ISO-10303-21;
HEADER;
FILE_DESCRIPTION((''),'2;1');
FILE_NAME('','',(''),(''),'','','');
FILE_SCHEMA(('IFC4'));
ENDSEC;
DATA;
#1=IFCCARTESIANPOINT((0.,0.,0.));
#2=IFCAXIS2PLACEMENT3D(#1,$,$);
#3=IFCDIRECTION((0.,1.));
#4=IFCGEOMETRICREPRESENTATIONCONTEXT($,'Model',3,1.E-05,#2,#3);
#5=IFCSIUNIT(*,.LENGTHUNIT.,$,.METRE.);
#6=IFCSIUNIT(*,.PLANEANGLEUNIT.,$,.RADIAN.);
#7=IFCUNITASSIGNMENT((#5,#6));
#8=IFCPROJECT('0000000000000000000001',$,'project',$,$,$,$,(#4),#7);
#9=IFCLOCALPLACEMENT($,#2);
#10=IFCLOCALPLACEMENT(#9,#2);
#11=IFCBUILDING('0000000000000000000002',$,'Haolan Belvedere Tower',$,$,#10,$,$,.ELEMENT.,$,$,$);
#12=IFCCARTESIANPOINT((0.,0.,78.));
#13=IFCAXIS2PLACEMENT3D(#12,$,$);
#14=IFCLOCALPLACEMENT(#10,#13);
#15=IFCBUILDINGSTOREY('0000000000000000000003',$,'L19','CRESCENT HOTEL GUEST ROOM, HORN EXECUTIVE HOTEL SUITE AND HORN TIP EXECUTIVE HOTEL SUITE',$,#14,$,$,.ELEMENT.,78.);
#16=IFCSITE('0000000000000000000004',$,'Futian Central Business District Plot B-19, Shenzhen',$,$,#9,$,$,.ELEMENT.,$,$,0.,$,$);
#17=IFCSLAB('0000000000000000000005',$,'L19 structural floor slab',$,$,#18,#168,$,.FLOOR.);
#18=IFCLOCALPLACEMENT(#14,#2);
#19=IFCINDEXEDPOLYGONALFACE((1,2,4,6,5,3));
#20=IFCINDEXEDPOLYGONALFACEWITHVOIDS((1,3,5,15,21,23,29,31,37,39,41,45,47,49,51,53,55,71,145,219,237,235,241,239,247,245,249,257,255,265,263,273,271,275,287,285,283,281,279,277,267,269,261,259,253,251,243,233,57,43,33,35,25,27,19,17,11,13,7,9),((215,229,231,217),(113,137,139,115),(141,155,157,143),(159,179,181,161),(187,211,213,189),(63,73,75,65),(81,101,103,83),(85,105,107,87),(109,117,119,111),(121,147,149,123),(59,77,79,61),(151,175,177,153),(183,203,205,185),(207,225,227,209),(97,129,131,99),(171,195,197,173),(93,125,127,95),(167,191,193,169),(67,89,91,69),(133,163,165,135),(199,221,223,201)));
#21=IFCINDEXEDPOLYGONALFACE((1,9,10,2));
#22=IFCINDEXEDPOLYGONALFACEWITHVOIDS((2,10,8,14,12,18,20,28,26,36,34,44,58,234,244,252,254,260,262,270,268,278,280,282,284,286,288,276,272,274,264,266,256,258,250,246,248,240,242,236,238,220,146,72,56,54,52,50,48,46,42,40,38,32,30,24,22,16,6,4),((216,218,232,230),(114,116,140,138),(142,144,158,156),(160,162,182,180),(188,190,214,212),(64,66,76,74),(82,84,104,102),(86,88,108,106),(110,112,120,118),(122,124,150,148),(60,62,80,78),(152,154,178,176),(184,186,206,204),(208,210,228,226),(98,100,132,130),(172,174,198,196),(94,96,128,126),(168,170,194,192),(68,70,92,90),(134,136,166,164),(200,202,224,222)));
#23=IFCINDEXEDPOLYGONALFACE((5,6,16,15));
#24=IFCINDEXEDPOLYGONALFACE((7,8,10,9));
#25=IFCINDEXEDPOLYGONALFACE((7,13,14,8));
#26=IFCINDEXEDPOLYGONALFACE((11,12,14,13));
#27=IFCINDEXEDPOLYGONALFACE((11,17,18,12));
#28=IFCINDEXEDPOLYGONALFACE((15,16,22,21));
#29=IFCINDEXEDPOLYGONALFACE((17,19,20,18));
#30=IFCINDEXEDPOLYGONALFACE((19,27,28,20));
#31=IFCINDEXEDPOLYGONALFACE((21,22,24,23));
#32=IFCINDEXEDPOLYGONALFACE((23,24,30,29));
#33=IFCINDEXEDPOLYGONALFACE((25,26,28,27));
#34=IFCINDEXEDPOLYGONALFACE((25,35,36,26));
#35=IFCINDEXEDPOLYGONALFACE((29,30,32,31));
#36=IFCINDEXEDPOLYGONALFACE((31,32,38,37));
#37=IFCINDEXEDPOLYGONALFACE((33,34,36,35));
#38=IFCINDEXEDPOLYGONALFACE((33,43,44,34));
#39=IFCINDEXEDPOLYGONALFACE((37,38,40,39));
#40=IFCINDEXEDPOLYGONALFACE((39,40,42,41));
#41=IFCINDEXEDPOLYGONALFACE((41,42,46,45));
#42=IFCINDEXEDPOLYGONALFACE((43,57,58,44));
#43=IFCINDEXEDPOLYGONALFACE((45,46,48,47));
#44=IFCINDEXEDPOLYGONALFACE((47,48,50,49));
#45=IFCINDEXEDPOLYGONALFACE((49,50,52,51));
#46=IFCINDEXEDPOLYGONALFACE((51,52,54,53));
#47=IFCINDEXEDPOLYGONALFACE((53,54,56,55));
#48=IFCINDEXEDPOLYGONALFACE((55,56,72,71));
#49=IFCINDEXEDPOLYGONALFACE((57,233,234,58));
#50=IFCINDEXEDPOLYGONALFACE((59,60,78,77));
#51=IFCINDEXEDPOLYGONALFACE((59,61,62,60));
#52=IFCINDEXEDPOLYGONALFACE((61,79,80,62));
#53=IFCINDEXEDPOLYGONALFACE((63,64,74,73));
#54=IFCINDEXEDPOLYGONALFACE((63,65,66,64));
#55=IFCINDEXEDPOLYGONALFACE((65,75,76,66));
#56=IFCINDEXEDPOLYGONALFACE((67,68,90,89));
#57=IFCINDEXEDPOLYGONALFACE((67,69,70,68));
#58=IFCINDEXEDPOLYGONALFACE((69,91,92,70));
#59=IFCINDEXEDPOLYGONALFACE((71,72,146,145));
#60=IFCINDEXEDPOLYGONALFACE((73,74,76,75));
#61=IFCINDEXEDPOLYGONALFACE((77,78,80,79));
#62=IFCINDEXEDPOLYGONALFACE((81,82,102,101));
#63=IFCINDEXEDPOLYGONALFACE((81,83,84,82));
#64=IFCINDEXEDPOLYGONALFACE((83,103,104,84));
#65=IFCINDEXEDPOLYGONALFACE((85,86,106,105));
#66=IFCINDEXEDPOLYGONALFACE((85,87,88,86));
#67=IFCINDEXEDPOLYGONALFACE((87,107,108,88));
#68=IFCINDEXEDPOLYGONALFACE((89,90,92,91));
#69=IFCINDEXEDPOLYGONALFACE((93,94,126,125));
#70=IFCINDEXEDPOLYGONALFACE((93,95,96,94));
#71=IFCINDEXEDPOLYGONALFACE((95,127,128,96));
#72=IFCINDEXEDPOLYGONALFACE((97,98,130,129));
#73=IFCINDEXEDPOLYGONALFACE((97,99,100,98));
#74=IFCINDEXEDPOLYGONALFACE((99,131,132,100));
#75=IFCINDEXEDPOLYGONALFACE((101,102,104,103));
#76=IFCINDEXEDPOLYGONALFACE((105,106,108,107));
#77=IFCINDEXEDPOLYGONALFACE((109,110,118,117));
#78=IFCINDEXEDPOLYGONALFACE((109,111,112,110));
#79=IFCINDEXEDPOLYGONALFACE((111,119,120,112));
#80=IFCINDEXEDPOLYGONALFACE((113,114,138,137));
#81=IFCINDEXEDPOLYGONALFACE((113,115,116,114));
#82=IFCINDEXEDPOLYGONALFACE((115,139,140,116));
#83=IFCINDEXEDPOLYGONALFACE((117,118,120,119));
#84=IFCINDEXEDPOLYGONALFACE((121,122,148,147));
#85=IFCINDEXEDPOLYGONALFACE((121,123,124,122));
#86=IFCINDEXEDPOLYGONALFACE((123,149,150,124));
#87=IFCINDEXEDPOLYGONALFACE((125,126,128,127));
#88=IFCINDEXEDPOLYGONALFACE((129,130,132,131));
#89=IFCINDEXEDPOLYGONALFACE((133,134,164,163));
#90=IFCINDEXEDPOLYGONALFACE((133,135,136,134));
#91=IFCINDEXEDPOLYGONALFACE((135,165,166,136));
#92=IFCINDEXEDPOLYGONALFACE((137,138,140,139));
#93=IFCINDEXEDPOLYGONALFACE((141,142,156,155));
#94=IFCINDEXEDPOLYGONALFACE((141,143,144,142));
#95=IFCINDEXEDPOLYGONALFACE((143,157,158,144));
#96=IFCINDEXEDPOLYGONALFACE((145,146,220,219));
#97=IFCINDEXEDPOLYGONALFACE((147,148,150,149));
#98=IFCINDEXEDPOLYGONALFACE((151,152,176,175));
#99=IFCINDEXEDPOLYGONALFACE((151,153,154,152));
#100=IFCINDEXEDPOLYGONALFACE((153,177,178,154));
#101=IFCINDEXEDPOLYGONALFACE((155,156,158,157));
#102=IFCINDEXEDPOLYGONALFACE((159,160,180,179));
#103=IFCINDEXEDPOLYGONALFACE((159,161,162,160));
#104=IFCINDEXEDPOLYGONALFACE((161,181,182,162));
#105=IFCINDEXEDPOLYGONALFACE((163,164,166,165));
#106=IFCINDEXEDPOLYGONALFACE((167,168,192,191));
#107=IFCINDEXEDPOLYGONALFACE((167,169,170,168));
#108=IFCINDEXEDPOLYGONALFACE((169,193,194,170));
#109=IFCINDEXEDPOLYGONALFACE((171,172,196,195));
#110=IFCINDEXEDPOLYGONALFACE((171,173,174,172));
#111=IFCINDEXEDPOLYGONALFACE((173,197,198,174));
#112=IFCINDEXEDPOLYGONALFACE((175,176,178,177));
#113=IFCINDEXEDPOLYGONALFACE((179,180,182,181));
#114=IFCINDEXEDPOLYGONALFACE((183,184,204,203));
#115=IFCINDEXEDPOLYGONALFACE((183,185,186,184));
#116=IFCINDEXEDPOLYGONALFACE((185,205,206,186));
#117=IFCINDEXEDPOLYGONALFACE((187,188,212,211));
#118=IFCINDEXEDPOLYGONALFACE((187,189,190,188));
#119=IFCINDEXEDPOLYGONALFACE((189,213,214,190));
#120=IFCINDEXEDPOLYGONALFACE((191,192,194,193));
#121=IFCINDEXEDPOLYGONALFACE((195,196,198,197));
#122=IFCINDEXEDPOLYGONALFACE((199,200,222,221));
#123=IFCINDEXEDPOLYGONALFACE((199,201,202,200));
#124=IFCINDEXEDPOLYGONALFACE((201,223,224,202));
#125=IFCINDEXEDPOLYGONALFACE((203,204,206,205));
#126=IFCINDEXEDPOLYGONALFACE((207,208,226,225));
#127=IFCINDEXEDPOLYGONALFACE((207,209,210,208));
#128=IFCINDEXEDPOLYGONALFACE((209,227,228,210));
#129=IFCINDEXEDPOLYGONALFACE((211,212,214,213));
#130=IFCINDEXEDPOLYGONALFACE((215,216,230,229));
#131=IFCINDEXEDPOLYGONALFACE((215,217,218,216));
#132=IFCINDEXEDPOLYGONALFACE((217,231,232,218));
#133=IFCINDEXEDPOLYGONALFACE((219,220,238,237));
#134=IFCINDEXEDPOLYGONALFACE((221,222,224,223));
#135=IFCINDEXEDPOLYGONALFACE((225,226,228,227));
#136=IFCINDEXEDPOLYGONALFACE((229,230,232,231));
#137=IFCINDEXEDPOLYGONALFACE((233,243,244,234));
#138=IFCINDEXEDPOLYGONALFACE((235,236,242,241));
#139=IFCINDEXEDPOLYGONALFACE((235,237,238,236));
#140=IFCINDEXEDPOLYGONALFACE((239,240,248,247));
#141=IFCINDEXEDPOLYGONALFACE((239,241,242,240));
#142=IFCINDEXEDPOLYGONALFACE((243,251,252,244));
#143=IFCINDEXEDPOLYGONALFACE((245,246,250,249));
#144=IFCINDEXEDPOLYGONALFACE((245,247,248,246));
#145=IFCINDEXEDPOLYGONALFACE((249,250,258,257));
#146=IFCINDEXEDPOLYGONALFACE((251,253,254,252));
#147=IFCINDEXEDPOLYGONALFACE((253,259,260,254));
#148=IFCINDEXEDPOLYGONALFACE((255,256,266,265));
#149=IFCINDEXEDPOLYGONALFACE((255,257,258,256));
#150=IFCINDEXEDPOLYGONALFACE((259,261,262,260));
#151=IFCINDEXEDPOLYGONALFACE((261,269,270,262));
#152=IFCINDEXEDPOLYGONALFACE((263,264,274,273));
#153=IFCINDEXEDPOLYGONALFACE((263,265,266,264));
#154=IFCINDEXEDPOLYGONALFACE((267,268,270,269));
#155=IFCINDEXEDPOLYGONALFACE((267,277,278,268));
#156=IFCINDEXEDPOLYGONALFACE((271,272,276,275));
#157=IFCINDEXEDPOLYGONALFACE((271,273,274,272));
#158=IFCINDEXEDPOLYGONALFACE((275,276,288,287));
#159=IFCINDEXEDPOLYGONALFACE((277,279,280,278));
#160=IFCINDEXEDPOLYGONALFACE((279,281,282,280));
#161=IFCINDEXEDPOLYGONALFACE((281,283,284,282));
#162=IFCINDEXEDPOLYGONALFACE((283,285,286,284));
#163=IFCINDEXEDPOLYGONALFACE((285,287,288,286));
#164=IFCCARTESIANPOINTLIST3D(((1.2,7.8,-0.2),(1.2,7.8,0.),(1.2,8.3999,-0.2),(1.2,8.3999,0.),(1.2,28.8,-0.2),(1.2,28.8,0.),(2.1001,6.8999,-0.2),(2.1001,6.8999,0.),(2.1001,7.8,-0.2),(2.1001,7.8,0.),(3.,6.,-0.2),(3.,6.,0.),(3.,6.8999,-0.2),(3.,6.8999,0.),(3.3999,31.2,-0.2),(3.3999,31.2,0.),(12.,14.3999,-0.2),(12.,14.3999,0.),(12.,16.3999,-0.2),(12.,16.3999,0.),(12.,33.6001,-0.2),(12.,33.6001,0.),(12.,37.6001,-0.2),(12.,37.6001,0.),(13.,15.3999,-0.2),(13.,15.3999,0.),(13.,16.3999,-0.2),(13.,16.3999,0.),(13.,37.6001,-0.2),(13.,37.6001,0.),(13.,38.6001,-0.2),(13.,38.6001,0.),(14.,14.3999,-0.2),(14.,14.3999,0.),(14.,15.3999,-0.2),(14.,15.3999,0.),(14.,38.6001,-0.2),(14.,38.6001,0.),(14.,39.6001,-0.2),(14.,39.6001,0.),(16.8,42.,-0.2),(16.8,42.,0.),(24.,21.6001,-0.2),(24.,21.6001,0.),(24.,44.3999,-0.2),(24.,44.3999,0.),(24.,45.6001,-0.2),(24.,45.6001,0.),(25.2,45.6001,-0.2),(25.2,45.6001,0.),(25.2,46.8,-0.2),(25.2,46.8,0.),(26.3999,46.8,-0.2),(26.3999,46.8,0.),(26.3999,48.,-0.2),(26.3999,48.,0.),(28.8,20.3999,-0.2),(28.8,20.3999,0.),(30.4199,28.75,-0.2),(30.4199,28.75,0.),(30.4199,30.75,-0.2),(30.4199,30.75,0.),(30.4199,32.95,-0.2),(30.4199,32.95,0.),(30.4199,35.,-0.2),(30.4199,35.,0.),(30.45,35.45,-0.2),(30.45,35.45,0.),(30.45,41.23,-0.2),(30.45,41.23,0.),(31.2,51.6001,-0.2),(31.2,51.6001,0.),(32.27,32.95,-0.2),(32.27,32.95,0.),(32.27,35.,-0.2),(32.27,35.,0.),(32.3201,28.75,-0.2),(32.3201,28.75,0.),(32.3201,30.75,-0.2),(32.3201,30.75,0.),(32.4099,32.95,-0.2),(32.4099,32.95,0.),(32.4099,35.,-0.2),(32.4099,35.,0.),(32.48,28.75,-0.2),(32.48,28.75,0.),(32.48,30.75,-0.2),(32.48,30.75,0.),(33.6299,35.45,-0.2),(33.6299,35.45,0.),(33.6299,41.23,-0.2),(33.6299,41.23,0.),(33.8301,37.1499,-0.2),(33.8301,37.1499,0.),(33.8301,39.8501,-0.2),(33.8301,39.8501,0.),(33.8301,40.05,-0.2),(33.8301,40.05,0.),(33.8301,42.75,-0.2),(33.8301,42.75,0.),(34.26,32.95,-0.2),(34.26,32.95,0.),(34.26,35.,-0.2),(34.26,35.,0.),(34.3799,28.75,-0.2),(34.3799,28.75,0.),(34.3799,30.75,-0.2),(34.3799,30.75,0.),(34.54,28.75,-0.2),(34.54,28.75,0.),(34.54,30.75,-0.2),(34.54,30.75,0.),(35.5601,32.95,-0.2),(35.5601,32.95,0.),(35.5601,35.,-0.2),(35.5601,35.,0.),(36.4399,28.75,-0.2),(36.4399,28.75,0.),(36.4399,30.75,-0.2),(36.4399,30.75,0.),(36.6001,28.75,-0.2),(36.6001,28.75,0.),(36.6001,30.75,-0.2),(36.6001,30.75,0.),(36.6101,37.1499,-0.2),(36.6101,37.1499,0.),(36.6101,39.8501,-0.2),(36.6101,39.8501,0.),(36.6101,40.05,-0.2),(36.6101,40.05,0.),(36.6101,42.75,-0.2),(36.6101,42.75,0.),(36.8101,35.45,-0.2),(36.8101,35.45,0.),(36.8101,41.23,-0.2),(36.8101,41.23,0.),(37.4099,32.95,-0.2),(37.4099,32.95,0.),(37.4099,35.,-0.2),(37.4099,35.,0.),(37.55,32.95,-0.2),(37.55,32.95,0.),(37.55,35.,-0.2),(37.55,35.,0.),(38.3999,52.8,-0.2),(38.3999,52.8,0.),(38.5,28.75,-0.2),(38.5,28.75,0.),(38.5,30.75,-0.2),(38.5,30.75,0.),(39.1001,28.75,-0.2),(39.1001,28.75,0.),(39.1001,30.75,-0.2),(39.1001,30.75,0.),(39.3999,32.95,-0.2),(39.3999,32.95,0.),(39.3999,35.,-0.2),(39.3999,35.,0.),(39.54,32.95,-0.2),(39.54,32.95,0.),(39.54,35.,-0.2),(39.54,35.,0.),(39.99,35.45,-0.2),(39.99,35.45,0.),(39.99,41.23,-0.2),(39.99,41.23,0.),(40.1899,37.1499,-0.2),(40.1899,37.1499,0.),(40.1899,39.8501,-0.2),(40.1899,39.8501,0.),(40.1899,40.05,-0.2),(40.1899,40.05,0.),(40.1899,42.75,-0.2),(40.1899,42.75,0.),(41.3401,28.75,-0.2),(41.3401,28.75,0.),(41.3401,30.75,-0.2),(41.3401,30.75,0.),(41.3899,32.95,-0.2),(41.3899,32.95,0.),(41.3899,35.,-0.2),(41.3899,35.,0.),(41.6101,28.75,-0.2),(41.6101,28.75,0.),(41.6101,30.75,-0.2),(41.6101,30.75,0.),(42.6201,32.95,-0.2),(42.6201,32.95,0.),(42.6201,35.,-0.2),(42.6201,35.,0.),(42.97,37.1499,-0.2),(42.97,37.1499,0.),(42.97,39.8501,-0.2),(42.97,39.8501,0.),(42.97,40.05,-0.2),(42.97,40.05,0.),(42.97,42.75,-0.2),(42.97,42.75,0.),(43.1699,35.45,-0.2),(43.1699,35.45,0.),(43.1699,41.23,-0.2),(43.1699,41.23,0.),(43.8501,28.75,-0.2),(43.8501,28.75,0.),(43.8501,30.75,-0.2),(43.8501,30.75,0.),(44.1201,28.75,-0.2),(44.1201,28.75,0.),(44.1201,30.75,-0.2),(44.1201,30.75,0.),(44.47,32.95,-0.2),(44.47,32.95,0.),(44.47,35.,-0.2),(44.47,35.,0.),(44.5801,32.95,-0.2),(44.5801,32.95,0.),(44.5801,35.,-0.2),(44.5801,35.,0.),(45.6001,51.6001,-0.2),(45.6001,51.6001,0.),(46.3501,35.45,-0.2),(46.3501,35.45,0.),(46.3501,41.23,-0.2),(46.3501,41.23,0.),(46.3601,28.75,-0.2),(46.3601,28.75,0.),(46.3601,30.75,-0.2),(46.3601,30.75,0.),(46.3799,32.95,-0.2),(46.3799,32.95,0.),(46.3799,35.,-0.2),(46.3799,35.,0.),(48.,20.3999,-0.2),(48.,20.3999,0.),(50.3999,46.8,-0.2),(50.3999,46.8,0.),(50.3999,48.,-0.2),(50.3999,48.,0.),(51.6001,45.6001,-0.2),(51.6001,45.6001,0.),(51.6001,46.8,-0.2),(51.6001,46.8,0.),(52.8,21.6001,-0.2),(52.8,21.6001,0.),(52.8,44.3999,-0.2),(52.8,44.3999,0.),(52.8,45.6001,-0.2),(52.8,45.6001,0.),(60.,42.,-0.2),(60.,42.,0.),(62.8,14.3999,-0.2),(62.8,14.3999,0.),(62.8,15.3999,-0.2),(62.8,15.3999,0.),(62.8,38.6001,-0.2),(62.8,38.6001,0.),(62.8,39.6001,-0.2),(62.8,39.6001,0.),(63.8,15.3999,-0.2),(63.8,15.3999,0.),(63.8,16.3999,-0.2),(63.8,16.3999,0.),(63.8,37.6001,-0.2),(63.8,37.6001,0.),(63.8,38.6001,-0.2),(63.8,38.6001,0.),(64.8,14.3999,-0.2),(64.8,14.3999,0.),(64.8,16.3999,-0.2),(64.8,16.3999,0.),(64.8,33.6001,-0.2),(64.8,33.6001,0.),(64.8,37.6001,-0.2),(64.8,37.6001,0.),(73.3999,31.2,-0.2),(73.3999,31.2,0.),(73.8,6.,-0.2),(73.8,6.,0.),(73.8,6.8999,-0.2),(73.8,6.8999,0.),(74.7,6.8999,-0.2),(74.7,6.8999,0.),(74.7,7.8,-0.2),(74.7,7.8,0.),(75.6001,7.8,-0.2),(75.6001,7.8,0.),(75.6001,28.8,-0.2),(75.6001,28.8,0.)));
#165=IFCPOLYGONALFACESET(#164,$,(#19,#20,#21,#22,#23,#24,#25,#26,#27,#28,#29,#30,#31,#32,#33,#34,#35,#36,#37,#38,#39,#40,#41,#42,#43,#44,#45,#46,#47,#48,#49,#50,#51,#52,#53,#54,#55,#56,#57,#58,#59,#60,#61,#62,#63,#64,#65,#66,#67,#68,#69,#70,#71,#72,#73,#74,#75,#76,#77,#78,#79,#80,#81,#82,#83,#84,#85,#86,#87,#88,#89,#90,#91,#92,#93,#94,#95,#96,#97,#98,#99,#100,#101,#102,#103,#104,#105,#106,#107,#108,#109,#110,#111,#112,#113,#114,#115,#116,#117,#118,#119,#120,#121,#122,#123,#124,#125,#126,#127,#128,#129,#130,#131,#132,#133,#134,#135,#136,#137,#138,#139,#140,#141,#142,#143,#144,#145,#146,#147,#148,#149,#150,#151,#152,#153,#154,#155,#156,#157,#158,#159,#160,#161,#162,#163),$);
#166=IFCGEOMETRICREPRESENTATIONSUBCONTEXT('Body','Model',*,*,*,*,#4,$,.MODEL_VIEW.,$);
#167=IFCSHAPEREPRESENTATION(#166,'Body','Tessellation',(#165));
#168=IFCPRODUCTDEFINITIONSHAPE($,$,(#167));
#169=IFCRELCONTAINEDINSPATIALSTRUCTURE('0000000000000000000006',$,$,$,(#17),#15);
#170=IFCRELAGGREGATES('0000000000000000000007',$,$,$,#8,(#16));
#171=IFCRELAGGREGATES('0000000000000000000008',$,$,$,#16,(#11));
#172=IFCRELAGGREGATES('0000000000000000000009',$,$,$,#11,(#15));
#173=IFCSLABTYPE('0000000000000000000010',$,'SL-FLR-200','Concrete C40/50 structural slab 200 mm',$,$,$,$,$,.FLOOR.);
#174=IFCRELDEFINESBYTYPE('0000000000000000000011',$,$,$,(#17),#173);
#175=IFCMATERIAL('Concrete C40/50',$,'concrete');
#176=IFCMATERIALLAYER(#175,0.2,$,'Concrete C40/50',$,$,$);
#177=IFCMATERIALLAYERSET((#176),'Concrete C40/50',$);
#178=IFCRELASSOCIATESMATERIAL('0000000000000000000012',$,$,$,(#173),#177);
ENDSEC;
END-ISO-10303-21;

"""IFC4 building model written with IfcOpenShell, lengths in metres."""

from ifc_helpers import new_model, si_unit, direction, frame, origin, place, context, subcontext, project, spatial, polyline, outline, extrude, material, layer, layer_set, type_object, element, save


model = new_model("IFC4")

# Units and contexts
model_context = context("Model", 3, precision=1e-05, world=origin(), true_north=direction((0.0, 1.0)))
body_context = subcontext(model_context, "Body", "Model", "MODEL_VIEW")
ifc_project = project(units=[si_unit("LENGTHUNIT", "METRE"), si_unit("PLANEANGLEUNIT", "RADIAN")], contexts=[model_context])

# Site, building, storey
site_placement = place(None, origin())
site = spatial("IfcSite", under=ifc_project, at=site_placement, Name="Futian Central Business District Plot B-19, Shenzhen", CompositionType="ELEMENT", RefElevation=0.0)
building_placement = place(site_placement, origin())
building = spatial("IfcBuilding", under=site, at=building_placement, Name="Haolan Belvedere Tower", CompositionType="ELEMENT")
storey_placement = place(building_placement, frame((0.0, 0.0, 78.0)))
storey = spatial("IfcBuildingStorey", under=building, at=storey_placement, Name="L19", Description="CRESCENT HOTEL GUEST ROOM, HORN EXECUTIVE HOTEL SUITE AND HORN TIP EXECUTIVE HOTEL SUITE", CompositionType="ELEMENT", Elevation=78.0)

# Slab
ifc_material_1 = material(Name="Concrete C40/50", Category="concrete")
ifc_layer_1 = layer(ifc_material_1, 0.2, Name="Concrete C40/50")
ifc_layer_set_1 = layer_set([ifc_layer_1], Name="Concrete C40/50")
slab_type_1 = type_object("IfcSlabType", Name="SL-FLR-200", Description="Concrete C40/50 structural slab 200 mm", PredefinedType="FLOOR", material=ifc_layer_set_1)
slab_1_placement = place(storey_placement, frame((0.0, 0.0, -0.2)))
element("IfcSlab", 1, at=slab_1_placement, inside=storey, type_object=slab_type_1, Name="L19 structural floor slab", PredefinedType="FLOOR", context=body_context, shape_type="SweptSolid", body=[
    extrude(outline(polyline([(1.2, 28.8), (1.2, 8.3999), (1.2, 7.8), (2.1001, 7.8), (2.1001, 6.8999), (3.0, 6.8999), (3.0, 6.0), (12.0, 14.3999), (12.0, 16.3999), (13.0, 16.3999), (13.0, 15.3999), (14.0, 15.3999), (14.0, 14.3999), (24.0, 21.6001), (28.8, 20.3999), (48.0, 20.3999), (52.8, 21.6001), (62.8, 14.3999), (62.8, 15.3999), (63.8, 15.3999), (63.8, 16.3999), (64.8, 16.3999), (64.8, 14.3999), (73.8, 6.0), (73.8, 6.8999), (74.7, 6.8999), (74.7, 7.8), (75.6001, 7.8), (75.6001, 28.8), (73.3999, 31.2), (64.8, 33.6001), (64.8, 37.6001), (63.8, 37.6001), (63.8, 38.6001), (62.8, 38.6001), (62.8, 39.6001), (60.0, 42.0), (52.8, 44.3999), (52.8, 45.6001), (51.6001, 45.6001), (51.6001, 46.8), (50.3999, 46.8), (50.3999, 48.0), (45.6001, 51.6001), (38.3999, 52.8), (31.2, 51.6001), (26.3999, 48.0), (26.3999, 46.8), (25.2, 46.8), (25.2, 45.6001), (24.0, 45.6001), (24.0, 44.3999), (16.8, 42.0), (14.0, 39.6001), (14.0, 38.6001), (13.0, 38.6001), (13.0, 37.6001), (12.0, 37.6001), (12.0, 33.6001), (3.3999, 31.2), (1.2, 28.8)]), holes=[polyline([(30.45, 41.23), (30.45, 35.45), (33.6299, 35.45), (33.6299, 41.23), (30.45, 41.23)]), polyline([(36.8101, 41.23), (36.8101, 35.45), (39.99, 35.45), (39.99, 41.23), (36.8101, 41.23)]), polyline([(43.1699, 41.23), (43.1699, 35.45), (46.3501, 35.45), (46.3501, 41.23), (43.1699, 41.23)]), polyline([(33.8301, 40.05), (36.6101, 40.05), (36.6101, 42.75), (33.8301, 42.75), (33.8301, 40.05)]), polyline([(33.8301, 37.1499), (36.6101, 37.1499), (36.6101, 39.8501), (33.8301, 39.8501), (33.8301, 37.1499)]), polyline([(40.1899, 40.05), (42.97, 40.05), (42.97, 42.75), (40.1899, 42.75), (40.1899, 40.05)]), polyline([(40.1899, 37.1499), (42.97, 37.1499), (42.97, 39.8501), (40.1899, 39.8501), (40.1899, 37.1499)]), polyline([(30.4199, 32.95), (32.27, 32.95), (32.27, 35.0), (30.4199, 35.0), (30.4199, 32.95)]), polyline([(32.4099, 32.95), (34.26, 32.95), (34.26, 35.0), (32.4099, 35.0), (32.4099, 32.95)]), polyline([(35.5601, 32.95), (37.4099, 32.95), (37.4099, 35.0), (35.5601, 35.0), (35.5601, 32.95)]), polyline([(37.55, 32.95), (39.3999, 32.95), (39.3999, 35.0), (37.55, 35.0), (37.55, 32.95)]), polyline([(39.54, 32.95), (41.3899, 32.95), (41.3899, 35.0), (39.54, 35.0), (39.54, 32.95)]), polyline([(42.6201, 32.95), (44.47, 32.95), (44.47, 35.0), (42.6201, 35.0), (42.6201, 32.95)]), polyline([(44.5801, 32.95), (46.3799, 32.95), (46.3799, 35.0), (44.5801, 35.0), (44.5801, 32.95)]), polyline([(30.4199, 28.75), (32.3201, 28.75), (32.3201, 30.75), (30.4199, 30.75), (30.4199, 28.75)]), polyline([(32.48, 28.75), (34.3799, 28.75), (34.3799, 30.75), (32.48, 30.75), (32.48, 28.75)]), polyline([(34.54, 28.75), (36.4399, 28.75), (36.4399, 30.75), (34.54, 30.75), (34.54, 28.75)]), polyline([(36.6001, 28.75), (38.5, 28.75), (38.5, 30.75), (36.6001, 30.75), (36.6001, 28.75)]), polyline([(39.1001, 28.75), (41.3401, 28.75), (41.3401, 30.75), (39.1001, 30.75), (39.1001, 28.75)]), polyline([(41.6101, 28.75), (43.8501, 28.75), (43.8501, 30.75), (41.6101, 30.75), (41.6101, 28.75)]), polyline([(44.1201, 28.75), (46.3601, 28.75), (46.3601, 30.75), (44.1201, 30.75), (44.1201, 28.75)])]), origin(), (0.0, 0.0, 1.0), 0.2),
])

save(model, "model.ifc")
